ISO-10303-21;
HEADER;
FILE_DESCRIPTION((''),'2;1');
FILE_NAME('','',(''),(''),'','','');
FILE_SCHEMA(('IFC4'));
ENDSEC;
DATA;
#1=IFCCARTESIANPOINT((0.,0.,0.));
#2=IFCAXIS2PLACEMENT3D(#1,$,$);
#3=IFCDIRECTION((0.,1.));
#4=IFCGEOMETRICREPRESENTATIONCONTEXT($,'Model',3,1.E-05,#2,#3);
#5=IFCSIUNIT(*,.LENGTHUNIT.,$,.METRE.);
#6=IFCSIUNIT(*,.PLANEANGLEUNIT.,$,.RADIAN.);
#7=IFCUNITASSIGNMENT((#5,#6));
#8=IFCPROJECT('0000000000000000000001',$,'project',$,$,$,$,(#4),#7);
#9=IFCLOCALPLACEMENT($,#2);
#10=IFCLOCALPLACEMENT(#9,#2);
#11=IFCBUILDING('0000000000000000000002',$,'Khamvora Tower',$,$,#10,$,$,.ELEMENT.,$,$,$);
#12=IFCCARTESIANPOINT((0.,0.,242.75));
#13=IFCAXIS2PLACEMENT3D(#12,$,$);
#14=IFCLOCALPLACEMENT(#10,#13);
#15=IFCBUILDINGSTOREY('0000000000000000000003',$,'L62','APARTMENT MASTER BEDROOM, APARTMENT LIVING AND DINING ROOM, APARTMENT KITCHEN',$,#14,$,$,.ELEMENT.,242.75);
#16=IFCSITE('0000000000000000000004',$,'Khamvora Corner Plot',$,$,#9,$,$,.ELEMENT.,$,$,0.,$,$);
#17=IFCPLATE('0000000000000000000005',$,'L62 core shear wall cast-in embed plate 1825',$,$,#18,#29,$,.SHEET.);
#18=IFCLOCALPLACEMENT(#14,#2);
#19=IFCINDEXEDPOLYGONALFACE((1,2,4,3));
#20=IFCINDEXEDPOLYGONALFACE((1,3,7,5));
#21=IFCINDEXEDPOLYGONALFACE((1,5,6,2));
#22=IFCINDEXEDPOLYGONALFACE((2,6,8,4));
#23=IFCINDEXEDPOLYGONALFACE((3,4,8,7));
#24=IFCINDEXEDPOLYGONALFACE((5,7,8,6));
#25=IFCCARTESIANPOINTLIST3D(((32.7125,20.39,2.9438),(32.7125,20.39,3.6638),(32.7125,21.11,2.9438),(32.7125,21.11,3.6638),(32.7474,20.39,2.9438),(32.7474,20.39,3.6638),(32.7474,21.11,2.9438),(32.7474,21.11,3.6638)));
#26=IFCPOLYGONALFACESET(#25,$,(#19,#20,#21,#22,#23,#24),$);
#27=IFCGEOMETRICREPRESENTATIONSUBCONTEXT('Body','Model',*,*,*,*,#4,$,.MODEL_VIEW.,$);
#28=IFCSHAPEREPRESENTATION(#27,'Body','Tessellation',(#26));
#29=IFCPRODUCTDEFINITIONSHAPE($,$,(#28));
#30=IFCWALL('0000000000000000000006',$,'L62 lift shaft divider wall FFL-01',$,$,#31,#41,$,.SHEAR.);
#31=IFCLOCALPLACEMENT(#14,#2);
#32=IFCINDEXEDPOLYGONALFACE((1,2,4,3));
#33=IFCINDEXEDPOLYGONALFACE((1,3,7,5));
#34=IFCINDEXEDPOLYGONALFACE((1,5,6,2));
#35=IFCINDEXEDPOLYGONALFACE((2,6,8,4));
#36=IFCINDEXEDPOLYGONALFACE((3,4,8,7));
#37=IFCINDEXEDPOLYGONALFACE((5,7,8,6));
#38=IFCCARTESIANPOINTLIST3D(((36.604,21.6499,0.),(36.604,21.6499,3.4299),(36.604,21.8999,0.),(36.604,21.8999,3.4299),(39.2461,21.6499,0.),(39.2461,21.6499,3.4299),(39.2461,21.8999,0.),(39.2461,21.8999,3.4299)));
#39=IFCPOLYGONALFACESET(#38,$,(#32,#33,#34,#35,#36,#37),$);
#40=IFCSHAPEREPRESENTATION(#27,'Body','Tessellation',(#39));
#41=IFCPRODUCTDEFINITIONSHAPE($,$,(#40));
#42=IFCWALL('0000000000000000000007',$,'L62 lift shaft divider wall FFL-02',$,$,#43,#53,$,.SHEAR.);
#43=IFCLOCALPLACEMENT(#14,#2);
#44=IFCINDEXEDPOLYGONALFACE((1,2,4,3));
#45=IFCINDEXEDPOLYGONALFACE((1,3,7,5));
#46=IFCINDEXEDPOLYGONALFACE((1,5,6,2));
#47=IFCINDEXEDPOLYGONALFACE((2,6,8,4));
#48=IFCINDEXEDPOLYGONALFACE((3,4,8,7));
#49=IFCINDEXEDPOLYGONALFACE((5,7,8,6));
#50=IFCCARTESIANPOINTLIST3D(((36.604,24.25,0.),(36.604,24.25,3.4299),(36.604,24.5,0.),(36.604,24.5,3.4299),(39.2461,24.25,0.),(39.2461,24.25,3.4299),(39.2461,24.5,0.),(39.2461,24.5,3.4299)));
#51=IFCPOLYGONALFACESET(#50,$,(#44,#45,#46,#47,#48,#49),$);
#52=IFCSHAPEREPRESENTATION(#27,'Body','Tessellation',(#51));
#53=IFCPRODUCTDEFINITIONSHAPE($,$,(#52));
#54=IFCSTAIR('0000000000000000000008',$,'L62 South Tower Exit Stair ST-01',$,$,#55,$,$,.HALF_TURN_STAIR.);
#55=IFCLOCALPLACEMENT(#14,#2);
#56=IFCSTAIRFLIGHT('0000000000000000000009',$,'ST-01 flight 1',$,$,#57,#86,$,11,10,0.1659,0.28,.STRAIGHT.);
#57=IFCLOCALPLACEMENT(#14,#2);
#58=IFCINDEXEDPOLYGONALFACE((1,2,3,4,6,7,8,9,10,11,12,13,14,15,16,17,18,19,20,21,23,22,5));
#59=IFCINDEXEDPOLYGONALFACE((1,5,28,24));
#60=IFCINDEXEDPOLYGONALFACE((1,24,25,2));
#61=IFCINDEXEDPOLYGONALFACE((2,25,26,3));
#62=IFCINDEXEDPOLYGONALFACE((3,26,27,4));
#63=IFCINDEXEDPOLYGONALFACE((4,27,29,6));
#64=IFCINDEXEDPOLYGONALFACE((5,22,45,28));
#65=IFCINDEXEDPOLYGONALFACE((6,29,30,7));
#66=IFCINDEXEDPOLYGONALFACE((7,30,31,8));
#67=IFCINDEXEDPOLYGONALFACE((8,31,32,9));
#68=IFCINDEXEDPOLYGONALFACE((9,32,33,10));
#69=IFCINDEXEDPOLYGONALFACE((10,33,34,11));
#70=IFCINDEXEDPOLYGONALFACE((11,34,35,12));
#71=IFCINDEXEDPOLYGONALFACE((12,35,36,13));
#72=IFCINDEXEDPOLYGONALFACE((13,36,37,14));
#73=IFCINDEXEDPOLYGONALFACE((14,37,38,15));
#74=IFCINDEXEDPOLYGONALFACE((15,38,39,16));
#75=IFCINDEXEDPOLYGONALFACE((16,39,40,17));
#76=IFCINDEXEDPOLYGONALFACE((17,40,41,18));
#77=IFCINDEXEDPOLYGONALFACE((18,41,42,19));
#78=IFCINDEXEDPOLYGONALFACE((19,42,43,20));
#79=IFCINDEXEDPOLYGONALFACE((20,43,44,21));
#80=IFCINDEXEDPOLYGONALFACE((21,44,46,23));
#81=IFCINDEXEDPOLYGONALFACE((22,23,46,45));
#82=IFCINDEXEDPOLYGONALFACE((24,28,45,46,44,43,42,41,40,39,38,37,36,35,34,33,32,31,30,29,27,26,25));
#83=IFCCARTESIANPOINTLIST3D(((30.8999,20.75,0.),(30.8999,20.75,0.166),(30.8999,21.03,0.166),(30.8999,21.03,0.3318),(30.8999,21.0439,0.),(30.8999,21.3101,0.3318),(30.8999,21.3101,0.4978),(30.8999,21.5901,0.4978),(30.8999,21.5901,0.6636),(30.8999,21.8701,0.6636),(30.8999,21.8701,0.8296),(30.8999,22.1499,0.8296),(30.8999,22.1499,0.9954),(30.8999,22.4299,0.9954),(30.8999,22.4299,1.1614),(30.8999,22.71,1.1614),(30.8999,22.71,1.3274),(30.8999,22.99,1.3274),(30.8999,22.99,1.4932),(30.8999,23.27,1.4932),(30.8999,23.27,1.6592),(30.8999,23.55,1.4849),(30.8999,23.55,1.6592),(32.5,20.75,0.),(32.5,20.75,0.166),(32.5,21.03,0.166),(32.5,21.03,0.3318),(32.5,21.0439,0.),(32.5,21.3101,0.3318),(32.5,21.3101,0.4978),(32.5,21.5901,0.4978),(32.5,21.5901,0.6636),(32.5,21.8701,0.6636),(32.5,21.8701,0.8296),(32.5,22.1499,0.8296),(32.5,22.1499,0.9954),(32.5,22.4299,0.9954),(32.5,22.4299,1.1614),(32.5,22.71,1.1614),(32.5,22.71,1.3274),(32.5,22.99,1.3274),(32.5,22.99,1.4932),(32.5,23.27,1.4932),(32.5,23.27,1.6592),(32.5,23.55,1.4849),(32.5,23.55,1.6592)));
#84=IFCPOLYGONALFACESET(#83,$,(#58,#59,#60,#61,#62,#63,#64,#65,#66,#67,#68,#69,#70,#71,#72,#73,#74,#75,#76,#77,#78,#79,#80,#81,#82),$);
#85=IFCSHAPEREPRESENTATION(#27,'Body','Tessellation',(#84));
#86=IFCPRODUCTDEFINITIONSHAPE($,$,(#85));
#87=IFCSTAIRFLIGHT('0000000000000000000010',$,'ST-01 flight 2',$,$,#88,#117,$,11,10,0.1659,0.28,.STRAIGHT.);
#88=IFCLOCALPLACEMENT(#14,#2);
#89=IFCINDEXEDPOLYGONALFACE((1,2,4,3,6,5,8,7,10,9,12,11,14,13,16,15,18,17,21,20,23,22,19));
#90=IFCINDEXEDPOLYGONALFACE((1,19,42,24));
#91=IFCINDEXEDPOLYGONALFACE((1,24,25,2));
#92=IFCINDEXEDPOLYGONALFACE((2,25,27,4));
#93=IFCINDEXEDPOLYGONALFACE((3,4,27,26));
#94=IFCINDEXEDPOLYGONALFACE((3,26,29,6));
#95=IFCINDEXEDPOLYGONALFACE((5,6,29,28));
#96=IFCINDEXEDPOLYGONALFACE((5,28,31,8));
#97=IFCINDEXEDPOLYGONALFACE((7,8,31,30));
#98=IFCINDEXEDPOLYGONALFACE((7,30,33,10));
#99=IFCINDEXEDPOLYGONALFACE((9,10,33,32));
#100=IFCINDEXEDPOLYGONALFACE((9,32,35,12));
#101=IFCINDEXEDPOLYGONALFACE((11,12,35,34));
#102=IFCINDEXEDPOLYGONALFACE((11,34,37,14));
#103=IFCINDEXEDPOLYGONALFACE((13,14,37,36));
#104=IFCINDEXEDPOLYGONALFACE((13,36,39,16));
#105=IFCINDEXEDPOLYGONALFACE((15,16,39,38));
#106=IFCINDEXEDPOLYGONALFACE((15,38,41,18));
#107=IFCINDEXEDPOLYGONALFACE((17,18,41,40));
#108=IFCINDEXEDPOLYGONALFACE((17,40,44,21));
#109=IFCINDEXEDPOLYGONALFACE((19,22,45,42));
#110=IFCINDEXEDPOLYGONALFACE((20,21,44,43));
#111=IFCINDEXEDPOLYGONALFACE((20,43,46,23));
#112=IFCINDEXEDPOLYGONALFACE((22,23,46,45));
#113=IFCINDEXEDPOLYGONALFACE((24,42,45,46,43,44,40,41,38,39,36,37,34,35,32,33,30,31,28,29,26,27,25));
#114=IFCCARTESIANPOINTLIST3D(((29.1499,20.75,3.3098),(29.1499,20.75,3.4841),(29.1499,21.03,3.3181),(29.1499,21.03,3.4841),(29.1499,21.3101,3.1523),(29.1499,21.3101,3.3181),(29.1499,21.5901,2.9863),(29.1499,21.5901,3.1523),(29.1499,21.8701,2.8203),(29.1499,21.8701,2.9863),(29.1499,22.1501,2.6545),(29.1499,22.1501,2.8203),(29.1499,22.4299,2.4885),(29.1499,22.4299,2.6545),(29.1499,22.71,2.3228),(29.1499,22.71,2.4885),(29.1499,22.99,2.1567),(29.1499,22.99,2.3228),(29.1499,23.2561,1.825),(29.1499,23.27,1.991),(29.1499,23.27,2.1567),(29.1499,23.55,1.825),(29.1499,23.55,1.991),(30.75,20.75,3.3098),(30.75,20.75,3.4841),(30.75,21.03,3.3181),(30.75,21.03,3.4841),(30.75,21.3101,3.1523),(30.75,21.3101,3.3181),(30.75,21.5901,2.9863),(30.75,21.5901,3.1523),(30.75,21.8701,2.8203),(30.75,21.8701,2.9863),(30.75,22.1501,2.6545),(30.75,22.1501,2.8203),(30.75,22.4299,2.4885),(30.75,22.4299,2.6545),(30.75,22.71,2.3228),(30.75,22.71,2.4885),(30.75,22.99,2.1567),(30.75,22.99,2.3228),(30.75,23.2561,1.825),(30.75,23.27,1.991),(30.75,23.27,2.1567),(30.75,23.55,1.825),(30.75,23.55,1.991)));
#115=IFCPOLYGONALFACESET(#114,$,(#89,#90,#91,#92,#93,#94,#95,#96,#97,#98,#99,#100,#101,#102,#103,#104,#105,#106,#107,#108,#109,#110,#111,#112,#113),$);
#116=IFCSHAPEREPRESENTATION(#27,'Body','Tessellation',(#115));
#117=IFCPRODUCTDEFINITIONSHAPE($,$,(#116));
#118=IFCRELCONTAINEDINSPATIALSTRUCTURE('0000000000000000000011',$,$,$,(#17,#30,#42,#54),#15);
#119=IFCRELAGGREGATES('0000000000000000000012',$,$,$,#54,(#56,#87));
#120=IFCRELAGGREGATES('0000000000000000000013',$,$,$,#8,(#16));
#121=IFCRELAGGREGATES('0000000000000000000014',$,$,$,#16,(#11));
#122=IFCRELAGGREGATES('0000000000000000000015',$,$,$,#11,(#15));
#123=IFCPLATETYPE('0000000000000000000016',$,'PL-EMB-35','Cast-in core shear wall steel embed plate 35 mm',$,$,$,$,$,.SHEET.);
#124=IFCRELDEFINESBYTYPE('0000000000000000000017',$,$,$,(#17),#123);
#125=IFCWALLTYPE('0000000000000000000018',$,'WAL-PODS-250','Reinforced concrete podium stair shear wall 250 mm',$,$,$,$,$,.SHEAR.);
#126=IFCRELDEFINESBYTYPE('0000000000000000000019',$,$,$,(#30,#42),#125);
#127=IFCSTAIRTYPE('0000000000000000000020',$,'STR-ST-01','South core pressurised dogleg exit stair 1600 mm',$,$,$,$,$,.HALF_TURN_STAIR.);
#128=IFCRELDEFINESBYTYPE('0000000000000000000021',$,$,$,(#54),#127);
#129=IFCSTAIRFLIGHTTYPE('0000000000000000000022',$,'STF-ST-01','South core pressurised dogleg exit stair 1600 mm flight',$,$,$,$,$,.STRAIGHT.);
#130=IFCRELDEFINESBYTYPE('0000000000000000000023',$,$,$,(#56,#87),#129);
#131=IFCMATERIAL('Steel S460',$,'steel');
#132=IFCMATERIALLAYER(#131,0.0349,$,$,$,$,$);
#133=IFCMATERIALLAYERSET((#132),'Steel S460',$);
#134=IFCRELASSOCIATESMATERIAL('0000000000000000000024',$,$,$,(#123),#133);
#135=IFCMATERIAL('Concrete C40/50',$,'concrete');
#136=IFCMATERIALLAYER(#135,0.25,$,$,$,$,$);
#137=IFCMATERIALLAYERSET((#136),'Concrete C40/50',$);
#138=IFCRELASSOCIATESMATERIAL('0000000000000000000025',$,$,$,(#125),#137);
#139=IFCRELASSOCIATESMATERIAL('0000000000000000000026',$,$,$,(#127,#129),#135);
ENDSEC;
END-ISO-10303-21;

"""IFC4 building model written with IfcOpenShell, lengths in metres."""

from ifc_helpers import new_model, si_unit, direction, frame, frame_2d, origin, origin_2d, place, context, subcontext, project, spatial, polyline, rectangle, outline, extrude, material, layer, layer_set, type_object, element, aggregate, save


model = new_model("IFC4")

# Units and contexts
model_context = context("Model", 3, precision=1e-05, world=origin(), true_north=direction((0.0, 1.0)))
body_context = subcontext(model_context, "Body", "Model", "MODEL_VIEW")
ifc_project = project(units=[si_unit("LENGTHUNIT", "METRE"), si_unit("PLANEANGLEUNIT", "RADIAN")], contexts=[model_context])

# Site, building, storey
site_placement = place(None, origin())
site = spatial("IfcSite", under=ifc_project, at=site_placement, Name="Khamvora Corner Plot", CompositionType="ELEMENT", RefElevation=0.0)
building_placement = place(site_placement, origin())
building = spatial("IfcBuilding", under=site, at=building_placement, Name="Khamvora Tower", CompositionType="ELEMENT")
storey_placement = place(building_placement, frame((0.0, 0.0, 242.75)))
storey = spatial("IfcBuildingStorey", under=building, at=storey_placement, Name="L62", Description="APARTMENT MASTER BEDROOM, APARTMENT LIVING AND DINING ROOM, APARTMENT KITCHEN", CompositionType="ELEMENT", Elevation=242.75)

# Plate
ifc_material_1 = material(Name="Steel S460", Category="steel")
ifc_layer_1 = layer(ifc_material_1, 0.0349)
ifc_layer_set_1 = layer_set([ifc_layer_1], Name="Steel S460")
plate_type = type_object("IfcPlateType", Name="PL-EMB-35", Description="Cast-in core shear wall steel embed plate 35 mm", PredefinedType="SHEET", material=ifc_layer_set_1)
for number, where, z_axis, x_axis, name in (
    (1, (32.73, 20.75, 2.9438), (0.0, 0.0, 1.0), (1.0, 0.0, 0.0), "L62 core shear wall cast-in embed plate 1825"),
):
    element("IfcPlate", number, at=place(storey_placement, frame(where, z_axis=z_axis, x_axis=x_axis)), inside=storey, type_object=plate_type, Name=name, PredefinedType="SHEET", context=body_context, shape_type="SweptSolid", body=[
        extrude(rectangle(XDim=0.0349, YDim=0.72, at=origin_2d()), origin(), (0.0, 0.0, 1.0), 0.72),
    ])

# Walls
ifc_material_2 = material(Name="Concrete C40/50", Category="concrete")
ifc_layer_2 = layer(ifc_material_2, 0.25)
ifc_layer_set_2 = layer_set([ifc_layer_2], Name="Concrete C40/50")
wall_type_1 = type_object("IfcWallType", Name="WAL-PODS-250", Description="Reinforced concrete podium stair shear wall 250 mm", PredefinedType="SHEAR", material=ifc_layer_set_2)
for number, where, z_axis, x_axis, name in (
    (2, (36.604, 21.7749, 0.0), (0.0, 0.0, 1.0), (1.0, 0.0, 0.0), "L62 lift shaft divider wall FFL-01"),
    (3, (36.604, 24.375, 0.0), (0.0, 0.0, 1.0), (1.0, 0.0, 0.0), "L62 lift shaft divider wall FFL-02"),
):
    element("IfcWall", number, at=place(storey_placement, frame(where, z_axis=z_axis, x_axis=x_axis)), inside=storey, type_object=wall_type_1, Name=name, PredefinedType="SHEAR", context=body_context, shape_type="SweptSolid", body=[
        extrude(rectangle(XDim=2.6421, YDim=0.25, at=frame_2d((1.321, 0.0))), origin(), (0.0, 0.0, 1.0), 3.4299),
    ])

# Stair, stair flights
stair_type = type_object("IfcStairType", Name="STR-ST-01", Description="South core pressurised dogleg exit stair 1600 mm", PredefinedType="HALF_TURN_STAIR", material=ifc_material_2)
stair_placement = place(storey_placement, origin())
stair = element("IfcStair", 4, at=stair_placement, inside=storey, type_object=stair_type, Name="L62 South Tower Exit Stair ST-01", PredefinedType="HALF_TURN_STAIR")
stair_flight_type = type_object("IfcStairFlightType", Name="STF-ST-01", Description="South core pressurised dogleg exit stair 1600 mm flight", PredefinedType="STRAIGHT", material=ifc_material_2)
stair_flight_1_placement = place(storey_placement, frame((31.7, 20.75, 0.0), z_axis=(0.0, 0.0, 1.0), x_axis=(0.0, 1.0, 0.0)))
stair_flight_1 = element("IfcStairFlight", 5, at=stair_flight_1_placement, type_object=stair_flight_type, Name="ST-01 flight 1", NumberOfRisers=11, NumberOfTreads=10, PredefinedType="STRAIGHT", RiserHeight=0.1659, TreadLength=0.28, context=body_context, shape_type="SweptSolid", body=[
    extrude(outline(polyline([(0.0, 0.0), (0.0, 0.166), (0.28, 0.166), (0.28, 0.3318), (0.5601, 0.3318), (0.5601, 0.4978), (0.8401, 0.4978), (0.8401, 0.6636), (1.1201, 0.6636), (1.1201, 0.8296), (1.3999, 0.8296), (1.3999, 0.9954), (1.6799, 0.9954), (1.6799, 1.1614), (1.96, 1.1614), (1.96, 1.3274), (2.24, 1.3274), (2.24, 1.4932), (2.52, 1.4932), (2.52, 1.6592), (2.8, 1.6592), (2.8, 1.825), (2.8, 1.4849), (0.2939, 0.0), (0.0, 0.0)])), frame((0.0, 0.8, 0.0), z_axis=(0.0, -1.0, 0.0), x_axis=(1.0, 0.0, 0.0)), (0.0, 0.0, 1.0), 1.6001),
])
stair_flight_2_placement = place(storey_placement, frame((29.95, 23.55, 1.825), z_axis=(0.0, 0.0, 1.0), x_axis=(0.0, -1.0, 0.0)))
stair_flight_2 = element("IfcStairFlight", 6, at=stair_flight_2_placement, type_object=stair_flight_type, Name="ST-01 flight 2", NumberOfRisers=11, NumberOfTreads=10, PredefinedType="STRAIGHT", RiserHeight=0.1659, TreadLength=0.28, context=body_context, shape_type="SweptSolid", body=[
    extrude(outline(polyline([(0.0, 0.0), (0.0, 0.166), (0.28, 0.166), (0.28, 0.3318), (0.5601, 0.3318), (0.5601, 0.4978), (0.8401, 0.4978), (0.8401, 0.6636), (1.1201, 0.6636), (1.1201, 0.8296), (1.3999, 0.8296), (1.3999, 0.9954), (1.6799, 0.9954), (1.6799, 1.1614), (1.96, 1.1614), (1.96, 1.3274), (2.24, 1.3274), (2.24, 1.4932), (2.52, 1.4932), (2.52, 1.6592), (2.8, 1.6592), (2.8, 1.825), (2.8, 1.4849), (0.2939, 0.0), (0.0, 0.0)])), frame((0.0, 0.8, 0.0), z_axis=(0.0, -1.0, 0.0), x_axis=(1.0, 0.0, 0.0)), (0.0, 0.0, 1.0), 1.6001),
])
aggregate(stair, [stair_flight_1, stair_flight_2])

save(model, "model.ifc")
